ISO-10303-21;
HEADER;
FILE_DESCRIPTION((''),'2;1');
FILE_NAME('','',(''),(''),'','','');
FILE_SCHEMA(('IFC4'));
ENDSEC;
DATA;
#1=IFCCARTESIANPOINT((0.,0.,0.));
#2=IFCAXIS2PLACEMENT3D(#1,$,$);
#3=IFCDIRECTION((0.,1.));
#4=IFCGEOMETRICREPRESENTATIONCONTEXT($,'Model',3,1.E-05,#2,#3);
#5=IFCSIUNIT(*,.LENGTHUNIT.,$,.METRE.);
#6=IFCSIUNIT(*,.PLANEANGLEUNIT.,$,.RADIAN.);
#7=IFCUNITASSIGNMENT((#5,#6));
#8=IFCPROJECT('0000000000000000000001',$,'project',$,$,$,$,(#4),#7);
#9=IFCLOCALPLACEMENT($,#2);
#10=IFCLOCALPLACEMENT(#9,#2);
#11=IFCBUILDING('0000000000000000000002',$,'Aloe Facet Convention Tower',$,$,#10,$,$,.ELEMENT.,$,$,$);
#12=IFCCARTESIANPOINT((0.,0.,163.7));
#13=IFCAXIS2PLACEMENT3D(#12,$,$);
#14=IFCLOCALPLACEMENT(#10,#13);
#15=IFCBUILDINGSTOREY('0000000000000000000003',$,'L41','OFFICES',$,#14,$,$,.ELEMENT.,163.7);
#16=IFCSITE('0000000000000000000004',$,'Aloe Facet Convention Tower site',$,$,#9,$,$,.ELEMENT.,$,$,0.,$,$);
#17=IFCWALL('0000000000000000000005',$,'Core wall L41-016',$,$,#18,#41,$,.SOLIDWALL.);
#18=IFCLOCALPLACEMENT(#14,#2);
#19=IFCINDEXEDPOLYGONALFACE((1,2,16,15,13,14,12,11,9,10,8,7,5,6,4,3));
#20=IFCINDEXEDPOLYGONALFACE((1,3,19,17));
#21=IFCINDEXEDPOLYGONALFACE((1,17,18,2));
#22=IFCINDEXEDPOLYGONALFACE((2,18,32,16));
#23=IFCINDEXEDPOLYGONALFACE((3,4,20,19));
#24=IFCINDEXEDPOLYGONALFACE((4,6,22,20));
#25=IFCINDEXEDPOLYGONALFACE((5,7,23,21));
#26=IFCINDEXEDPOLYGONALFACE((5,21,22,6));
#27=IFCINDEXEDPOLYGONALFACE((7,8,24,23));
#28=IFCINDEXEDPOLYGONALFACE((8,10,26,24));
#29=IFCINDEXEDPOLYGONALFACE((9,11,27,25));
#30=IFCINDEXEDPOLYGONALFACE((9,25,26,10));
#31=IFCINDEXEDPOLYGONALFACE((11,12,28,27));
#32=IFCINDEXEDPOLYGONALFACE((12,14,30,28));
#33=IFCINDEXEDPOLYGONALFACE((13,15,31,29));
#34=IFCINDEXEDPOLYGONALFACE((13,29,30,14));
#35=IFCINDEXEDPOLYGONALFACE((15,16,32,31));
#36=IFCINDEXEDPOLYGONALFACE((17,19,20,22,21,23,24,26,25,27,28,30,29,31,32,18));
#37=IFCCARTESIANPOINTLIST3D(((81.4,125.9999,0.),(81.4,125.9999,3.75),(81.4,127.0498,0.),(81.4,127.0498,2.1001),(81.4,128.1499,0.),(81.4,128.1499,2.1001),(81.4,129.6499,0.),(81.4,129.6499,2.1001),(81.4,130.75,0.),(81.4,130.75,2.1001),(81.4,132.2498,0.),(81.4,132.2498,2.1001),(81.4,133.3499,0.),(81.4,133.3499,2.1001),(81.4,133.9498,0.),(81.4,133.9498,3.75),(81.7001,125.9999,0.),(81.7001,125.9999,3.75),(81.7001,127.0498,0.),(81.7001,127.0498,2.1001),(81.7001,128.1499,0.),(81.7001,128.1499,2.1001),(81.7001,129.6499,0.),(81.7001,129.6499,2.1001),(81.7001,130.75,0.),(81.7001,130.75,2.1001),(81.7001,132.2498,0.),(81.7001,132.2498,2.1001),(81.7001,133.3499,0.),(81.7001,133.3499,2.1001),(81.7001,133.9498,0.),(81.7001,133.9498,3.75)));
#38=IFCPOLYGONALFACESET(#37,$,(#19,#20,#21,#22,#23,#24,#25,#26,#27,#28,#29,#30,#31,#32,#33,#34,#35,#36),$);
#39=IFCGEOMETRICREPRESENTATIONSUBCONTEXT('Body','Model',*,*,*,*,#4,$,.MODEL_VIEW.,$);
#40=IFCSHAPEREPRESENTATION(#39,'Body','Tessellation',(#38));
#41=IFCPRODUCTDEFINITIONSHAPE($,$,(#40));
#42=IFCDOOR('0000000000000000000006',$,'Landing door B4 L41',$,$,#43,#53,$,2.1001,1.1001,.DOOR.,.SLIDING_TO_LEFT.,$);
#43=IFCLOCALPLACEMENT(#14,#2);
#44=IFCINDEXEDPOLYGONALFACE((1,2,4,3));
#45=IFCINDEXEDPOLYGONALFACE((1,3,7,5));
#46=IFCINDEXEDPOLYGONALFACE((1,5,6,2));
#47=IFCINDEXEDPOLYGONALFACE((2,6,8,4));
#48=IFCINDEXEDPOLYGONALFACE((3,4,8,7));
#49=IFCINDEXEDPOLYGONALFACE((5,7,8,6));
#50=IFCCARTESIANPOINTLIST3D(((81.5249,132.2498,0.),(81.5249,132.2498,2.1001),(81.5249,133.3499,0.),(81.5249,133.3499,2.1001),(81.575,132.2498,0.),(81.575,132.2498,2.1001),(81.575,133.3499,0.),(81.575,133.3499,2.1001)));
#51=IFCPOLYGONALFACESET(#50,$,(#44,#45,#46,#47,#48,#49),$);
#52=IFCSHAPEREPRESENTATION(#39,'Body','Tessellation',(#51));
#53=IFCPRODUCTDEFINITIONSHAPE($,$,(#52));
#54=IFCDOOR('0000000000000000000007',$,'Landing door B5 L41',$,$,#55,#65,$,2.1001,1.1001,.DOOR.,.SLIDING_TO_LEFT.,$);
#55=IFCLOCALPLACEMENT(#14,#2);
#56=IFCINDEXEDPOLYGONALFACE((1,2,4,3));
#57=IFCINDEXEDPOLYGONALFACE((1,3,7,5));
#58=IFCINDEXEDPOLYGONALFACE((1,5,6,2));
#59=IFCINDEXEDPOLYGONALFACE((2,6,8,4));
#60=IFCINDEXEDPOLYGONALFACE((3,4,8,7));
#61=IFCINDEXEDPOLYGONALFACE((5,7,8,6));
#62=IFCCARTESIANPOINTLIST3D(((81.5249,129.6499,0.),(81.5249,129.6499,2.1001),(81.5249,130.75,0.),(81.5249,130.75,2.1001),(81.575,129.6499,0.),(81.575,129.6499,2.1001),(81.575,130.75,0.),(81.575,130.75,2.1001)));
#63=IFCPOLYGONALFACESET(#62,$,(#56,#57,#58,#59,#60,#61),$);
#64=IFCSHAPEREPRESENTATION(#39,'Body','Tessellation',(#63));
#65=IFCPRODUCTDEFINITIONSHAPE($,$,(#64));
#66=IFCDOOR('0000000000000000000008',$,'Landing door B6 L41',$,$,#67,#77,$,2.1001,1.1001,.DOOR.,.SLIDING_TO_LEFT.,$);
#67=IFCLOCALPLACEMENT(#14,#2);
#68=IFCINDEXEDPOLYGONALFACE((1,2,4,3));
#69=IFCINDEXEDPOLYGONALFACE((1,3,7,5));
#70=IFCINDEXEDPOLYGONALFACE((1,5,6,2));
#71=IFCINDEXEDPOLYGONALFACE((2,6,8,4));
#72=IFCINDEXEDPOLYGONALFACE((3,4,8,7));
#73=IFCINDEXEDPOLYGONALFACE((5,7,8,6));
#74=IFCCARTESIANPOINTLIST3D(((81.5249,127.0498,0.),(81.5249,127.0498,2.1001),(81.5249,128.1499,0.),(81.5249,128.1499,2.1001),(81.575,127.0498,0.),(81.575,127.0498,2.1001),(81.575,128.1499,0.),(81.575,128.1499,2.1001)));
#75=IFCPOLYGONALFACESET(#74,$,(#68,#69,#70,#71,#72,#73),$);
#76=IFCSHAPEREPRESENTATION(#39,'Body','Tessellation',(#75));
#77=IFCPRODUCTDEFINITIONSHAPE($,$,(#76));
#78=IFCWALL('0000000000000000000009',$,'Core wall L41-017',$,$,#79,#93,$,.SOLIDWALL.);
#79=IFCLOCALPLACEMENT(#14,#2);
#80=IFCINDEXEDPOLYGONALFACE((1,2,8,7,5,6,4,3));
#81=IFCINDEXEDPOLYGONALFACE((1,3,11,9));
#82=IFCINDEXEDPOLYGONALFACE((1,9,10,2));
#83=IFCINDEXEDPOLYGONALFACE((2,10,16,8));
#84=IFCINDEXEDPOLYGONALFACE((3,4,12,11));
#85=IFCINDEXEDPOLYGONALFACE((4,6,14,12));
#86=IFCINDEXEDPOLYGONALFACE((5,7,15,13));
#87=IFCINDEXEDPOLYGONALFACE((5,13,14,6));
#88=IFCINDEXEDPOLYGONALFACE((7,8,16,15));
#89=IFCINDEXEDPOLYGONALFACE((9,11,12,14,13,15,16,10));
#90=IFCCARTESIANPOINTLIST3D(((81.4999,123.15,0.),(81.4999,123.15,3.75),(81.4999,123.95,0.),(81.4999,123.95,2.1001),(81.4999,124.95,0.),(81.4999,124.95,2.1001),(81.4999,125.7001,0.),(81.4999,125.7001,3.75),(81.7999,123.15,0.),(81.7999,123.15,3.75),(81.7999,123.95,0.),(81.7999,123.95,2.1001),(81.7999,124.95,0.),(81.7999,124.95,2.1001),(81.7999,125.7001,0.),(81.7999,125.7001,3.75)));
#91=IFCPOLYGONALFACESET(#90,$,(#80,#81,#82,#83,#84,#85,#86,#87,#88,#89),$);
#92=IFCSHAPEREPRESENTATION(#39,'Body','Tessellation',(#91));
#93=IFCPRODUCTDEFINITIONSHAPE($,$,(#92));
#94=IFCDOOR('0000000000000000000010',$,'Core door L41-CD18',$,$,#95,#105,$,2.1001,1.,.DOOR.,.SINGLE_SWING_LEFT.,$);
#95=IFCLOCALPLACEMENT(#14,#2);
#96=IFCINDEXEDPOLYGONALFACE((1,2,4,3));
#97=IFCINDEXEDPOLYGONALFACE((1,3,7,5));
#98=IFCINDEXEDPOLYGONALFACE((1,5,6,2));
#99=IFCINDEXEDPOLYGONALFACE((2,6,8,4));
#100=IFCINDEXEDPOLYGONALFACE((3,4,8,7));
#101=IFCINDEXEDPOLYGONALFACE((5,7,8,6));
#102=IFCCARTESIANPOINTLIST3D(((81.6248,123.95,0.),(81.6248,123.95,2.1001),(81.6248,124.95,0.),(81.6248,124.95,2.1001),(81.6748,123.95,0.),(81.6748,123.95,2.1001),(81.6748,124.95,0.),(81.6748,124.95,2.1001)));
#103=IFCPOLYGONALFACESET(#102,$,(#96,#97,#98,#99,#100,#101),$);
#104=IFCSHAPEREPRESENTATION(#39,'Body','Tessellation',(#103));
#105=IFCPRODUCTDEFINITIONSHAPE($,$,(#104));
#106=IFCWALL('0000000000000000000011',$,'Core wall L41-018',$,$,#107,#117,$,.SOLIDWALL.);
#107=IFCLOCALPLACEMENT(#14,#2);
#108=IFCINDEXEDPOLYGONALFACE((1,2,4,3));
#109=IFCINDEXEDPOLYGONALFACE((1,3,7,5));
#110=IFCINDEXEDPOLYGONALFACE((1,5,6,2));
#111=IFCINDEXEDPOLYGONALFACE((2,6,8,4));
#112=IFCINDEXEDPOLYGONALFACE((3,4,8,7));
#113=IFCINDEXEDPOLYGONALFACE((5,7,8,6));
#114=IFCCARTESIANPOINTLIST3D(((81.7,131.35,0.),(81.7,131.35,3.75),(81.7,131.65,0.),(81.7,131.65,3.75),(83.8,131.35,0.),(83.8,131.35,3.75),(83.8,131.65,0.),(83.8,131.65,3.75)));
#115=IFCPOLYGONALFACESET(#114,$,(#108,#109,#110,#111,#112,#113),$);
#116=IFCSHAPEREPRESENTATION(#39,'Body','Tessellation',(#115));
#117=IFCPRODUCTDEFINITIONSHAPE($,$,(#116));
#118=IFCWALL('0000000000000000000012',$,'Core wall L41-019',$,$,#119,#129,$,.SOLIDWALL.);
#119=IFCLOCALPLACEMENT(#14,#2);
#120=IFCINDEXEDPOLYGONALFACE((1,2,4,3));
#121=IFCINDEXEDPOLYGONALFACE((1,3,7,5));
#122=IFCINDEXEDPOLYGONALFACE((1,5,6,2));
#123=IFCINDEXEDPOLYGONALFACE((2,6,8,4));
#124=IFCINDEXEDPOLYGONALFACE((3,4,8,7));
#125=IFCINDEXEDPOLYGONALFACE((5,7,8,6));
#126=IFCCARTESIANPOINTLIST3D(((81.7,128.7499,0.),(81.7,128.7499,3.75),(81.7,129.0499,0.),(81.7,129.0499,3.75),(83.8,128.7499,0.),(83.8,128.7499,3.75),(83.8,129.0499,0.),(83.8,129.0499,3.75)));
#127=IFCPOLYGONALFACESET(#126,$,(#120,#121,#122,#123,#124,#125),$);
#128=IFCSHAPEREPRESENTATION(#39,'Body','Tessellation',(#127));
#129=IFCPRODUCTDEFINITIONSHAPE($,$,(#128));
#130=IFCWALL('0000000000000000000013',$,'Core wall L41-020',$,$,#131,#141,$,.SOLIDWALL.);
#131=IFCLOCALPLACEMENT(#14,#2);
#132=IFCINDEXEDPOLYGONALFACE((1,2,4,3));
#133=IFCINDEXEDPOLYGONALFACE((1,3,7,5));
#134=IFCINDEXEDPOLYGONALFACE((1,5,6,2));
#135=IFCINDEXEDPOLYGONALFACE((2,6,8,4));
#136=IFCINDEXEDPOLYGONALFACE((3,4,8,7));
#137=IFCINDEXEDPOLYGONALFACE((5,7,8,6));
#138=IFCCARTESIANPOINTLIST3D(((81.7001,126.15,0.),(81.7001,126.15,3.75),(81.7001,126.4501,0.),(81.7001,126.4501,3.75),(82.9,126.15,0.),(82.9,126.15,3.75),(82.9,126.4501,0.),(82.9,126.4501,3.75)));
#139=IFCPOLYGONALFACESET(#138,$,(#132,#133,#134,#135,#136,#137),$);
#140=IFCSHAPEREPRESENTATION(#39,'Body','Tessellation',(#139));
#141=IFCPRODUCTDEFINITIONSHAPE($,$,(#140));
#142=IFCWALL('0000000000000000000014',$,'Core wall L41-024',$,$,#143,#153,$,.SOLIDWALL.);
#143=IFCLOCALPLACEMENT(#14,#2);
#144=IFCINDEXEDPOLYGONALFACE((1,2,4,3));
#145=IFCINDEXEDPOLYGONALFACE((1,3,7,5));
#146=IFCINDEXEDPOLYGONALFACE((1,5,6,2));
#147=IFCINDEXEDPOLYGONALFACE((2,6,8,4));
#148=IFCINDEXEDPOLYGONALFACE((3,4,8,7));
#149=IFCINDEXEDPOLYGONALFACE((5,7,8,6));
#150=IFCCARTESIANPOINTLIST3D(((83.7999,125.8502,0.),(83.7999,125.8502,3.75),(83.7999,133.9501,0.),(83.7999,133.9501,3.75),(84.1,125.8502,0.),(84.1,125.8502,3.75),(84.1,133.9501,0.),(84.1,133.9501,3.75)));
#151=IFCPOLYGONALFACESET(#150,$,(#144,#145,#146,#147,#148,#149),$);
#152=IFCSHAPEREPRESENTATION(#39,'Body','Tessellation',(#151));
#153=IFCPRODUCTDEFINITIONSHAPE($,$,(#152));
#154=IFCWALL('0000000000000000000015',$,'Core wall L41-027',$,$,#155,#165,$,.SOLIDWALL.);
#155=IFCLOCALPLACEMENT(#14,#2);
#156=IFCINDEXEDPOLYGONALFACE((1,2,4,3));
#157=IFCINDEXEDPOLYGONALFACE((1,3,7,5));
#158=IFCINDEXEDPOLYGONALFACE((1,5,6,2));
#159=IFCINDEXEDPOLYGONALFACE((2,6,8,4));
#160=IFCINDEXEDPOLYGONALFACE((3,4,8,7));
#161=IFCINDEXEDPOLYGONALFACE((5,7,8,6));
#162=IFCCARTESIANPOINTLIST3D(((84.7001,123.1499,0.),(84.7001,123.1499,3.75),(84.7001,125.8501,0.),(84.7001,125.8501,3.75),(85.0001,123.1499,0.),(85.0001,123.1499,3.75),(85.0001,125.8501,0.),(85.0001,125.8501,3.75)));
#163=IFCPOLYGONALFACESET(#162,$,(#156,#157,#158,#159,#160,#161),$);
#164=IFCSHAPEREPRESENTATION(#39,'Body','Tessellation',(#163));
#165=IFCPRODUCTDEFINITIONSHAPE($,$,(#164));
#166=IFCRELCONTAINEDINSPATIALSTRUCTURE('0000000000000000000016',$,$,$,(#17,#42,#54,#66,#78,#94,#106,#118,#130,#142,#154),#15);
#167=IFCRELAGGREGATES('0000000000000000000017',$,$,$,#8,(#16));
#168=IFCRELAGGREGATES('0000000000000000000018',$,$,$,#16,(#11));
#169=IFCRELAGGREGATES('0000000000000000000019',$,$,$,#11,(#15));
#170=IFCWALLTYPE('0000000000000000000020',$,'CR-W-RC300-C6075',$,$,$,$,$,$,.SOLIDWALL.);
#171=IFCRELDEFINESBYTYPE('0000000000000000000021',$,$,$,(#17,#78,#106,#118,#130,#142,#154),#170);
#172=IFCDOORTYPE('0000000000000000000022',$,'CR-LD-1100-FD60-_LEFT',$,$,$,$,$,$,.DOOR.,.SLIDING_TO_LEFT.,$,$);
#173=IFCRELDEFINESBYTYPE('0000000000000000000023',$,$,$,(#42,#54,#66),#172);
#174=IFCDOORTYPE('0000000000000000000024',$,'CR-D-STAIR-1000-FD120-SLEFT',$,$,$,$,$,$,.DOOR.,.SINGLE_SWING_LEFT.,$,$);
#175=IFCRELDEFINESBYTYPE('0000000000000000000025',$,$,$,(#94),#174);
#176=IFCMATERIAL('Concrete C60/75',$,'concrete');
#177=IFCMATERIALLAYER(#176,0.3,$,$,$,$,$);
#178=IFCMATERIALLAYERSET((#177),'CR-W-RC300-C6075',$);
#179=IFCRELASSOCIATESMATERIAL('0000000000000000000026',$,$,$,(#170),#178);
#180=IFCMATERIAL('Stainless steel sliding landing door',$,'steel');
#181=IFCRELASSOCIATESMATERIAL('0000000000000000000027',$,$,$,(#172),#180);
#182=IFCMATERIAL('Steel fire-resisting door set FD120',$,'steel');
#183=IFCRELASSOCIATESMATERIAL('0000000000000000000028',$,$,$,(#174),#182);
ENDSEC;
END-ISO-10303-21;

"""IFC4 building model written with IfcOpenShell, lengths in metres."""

from ifc_helpers import new_model, si_unit, direction, frame, frame_2d, origin, place, context, subcontext, project, spatial, rectangle, extrude, material, layer, layer_set, type_object, element, fill, save


model = new_model("IFC4")

# Units and contexts
model_context = context("Model", 3, precision=1e-05, world=origin(), true_north=direction((0.0, 1.0)))
body_context = subcontext(model_context, "Body", "Model", "MODEL_VIEW")
ifc_project = project(units=[si_unit("LENGTHUNIT", "METRE"), si_unit("PLANEANGLEUNIT", "RADIAN")], contexts=[model_context])

# Site, building, storey
site_placement = place(None, origin())
site = spatial("IfcSite", under=ifc_project, at=site_placement, Name="Aloe Facet Convention Tower site", CompositionType="ELEMENT", RefElevation=0.0)
building_placement = place(site_placement, origin())
building = spatial("IfcBuilding", under=site, at=building_placement, Name="Aloe Facet Convention Tower", CompositionType="ELEMENT")
storey_placement = place(building_placement, frame((0.0, 0.0, 163.7)))
storey = spatial("IfcBuildingStorey", under=building, at=storey_placement, Name="L41", Description="OFFICES", CompositionType="ELEMENT", Elevation=163.7)

# Wall, openings, doors
ifc_material_1 = material(Name="Concrete C60/75", Category="concrete")
ifc_layer_1 = layer(ifc_material_1, 0.3)
ifc_layer_set_1 = layer_set([ifc_layer_1], Name="CR-W-RC300-C6075")
wall_type_1 = type_object("IfcWallType", Name="CR-W-RC300-C6075", PredefinedType="SOLIDWALL", material=ifc_layer_set_1)
wall_1_placement = place(storey_placement, frame((81.55, 133.95, 0.0), z_axis=(0.0, 0.0, 1.0), x_axis=(0.0, -1.0, 0.0)))
wall_1 = element("IfcWall", 1, at=wall_1_placement, inside=storey, type_object=wall_type_1, Name="Core wall L41-016", PredefinedType="SOLIDWALL", context=body_context, shape_type="SweptSolid", body=[
    extrude(rectangle(XDim=7.95, YDim=0.3, at=frame_2d((3.9751, 0.0))), origin(), (0.0, 0.0, 1.0), 3.75),
])
opening_1_placement = place(wall_1_placement, frame((0.6001, 0.0, 0.0)))
opening_1 = element("IfcOpeningElement", 2, at=opening_1_placement, cuts=wall_1, PredefinedType="OPENING", context=body_context, shape_type="SweptSolid", body=[
    extrude(rectangle(XDim=1.1001, YDim=2.1001, at=frame_2d((0.55, 1.05))), frame((0.0, 0.1602, 0.0), z_axis=(0.0, -1.0, 0.0), x_axis=(1.0, 0.0, 0.0)), (0.0, 0.0, 1.0), 0.3201),
])
opening_2_placement = place(wall_1_placement, frame((3.2, 0.0, 0.0)))
opening_2 = element("IfcOpeningElement", 3, at=opening_2_placement, cuts=wall_1, PredefinedType="OPENING", context=body_context, shape_type="SweptSolid", body=[
    extrude(rectangle(XDim=1.1001, YDim=2.1001, at=frame_2d((0.55, 1.05))), frame((0.0, 0.1602, 0.0), z_axis=(0.0, -1.0, 0.0), x_axis=(1.0, 0.0, 0.0)), (0.0, 0.0, 1.0), 0.3201),
])
opening_3_placement = place(wall_1_placement, frame((5.8, 0.0, 0.0)))
opening_3 = element("IfcOpeningElement", 4, at=opening_3_placement, cuts=wall_1, PredefinedType="OPENING", context=body_context, shape_type="SweptSolid", body=[
    extrude(rectangle(XDim=1.1001, YDim=2.1001, at=frame_2d((0.55, 1.05))), frame((0.0, 0.1602, 0.0), z_axis=(0.0, -1.0, 0.0), x_axis=(1.0, 0.0, 0.0)), (0.0, 0.0, 1.0), 0.3201),
])
ifc_material_2 = material(Name="Stainless steel sliding landing door", Category="steel")
door_type_1 = type_object("IfcDoorType", Name="CR-LD-1100-FD60-_LEFT", OperationType="SLIDING_TO_LEFT", PredefinedType="DOOR", material=ifc_material_2)
door_1_placement = place(opening_1_placement, origin())
door_1 = element("IfcDoor", 5, at=door_1_placement, inside=storey, type_object=door_type_1, Name="Landing door B4 L41", OperationType="SLIDING_TO_LEFT", OverallHeight=2.1001, OverallWidth=1.1001, PredefinedType="DOOR", context=body_context, shape_type="SweptSolid", body=[
    extrude(rectangle(XDim=1.1001, YDim=2.1001, at=frame_2d((0.55, 1.05))), frame((0.0, 0.0249, 0.0), z_axis=(0.0, -1.0, 0.0), x_axis=(1.0, 0.0, 0.0)), (0.0, 0.0, 1.0), 0.05),
])
fill(opening_1, door_1)
door_2_placement = place(opening_2_placement, origin())
door_2 = element("IfcDoor", 6, at=door_2_placement, inside=storey, type_object=door_type_1, Name="Landing door B5 L41", OperationType="SLIDING_TO_LEFT", OverallHeight=2.1001, OverallWidth=1.1001, PredefinedType="DOOR", context=body_context, shape_type="SweptSolid", body=[
    extrude(rectangle(XDim=1.1001, YDim=2.1001, at=frame_2d((0.55, 1.05))), frame((0.0, 0.0249, 0.0), z_axis=(0.0, -1.0, 0.0), x_axis=(1.0, 0.0, 0.0)), (0.0, 0.0, 1.0), 0.05),
])
fill(opening_2, door_2)
door_3_placement = place(opening_3_placement, origin())
door_3 = element("IfcDoor", 7, at=door_3_placement, inside=storey, type_object=door_type_1, Name="Landing door B6 L41", OperationType="SLIDING_TO_LEFT", OverallHeight=2.1001, OverallWidth=1.1001, PredefinedType="DOOR", context=body_context, shape_type="SweptSolid", body=[
    extrude(rectangle(XDim=1.1001, YDim=2.1001, at=frame_2d((0.55, 1.05))), frame((0.0, 0.0249, 0.0), z_axis=(0.0, -1.0, 0.0), x_axis=(1.0, 0.0, 0.0)), (0.0, 0.0, 1.0), 0.05),
])
fill(opening_3, door_3)

# Wall, opening, door
wall_2_placement = place(storey_placement, frame((81.6499, 125.7, 0.0), z_axis=(0.0, 0.0, 1.0), x_axis=(0.0, -1.0, 0.0)))
wall_2 = element("IfcWall", 8, at=wall_2_placement, inside=storey, type_object=wall_type_1, Name="Core wall L41-017", PredefinedType="SOLIDWALL", context=body_context, shape_type="SweptSolid", body=[
    extrude(rectangle(XDim=2.55, YDim=0.3, at=frame_2d((1.2749, 0.0))), origin(), (0.0, 0.0, 1.0), 3.75),
])
opening_4_placement = place(wall_2_placement, frame((0.75, 0.0, 0.0)))
opening_4 = element("IfcOpeningElement", 9, at=opening_4_placement, cuts=wall_2, PredefinedType="OPENING", context=body_context, shape_type="SweptSolid", body=[
    extrude(rectangle(XDim=1.0, YDim=2.1001, at=frame_2d((0.5, 1.05))), frame((0.0, 0.1602, 0.0), z_axis=(0.0, -1.0, 0.0), x_axis=(1.0, 0.0, 0.0)), (0.0, 0.0, 1.0), 0.3201),
])
ifc_material_3 = material(Name="Steel fire-resisting door set FD120", Category="steel")
door_type_2 = type_object("IfcDoorType", Name="CR-D-STAIR-1000-FD120-SLEFT", OperationType="SINGLE_SWING_LEFT", PredefinedType="DOOR", material=ifc_material_3)
door_4_placement = place(opening_4_placement, origin())
door_4 = element("IfcDoor", 10, at=door_4_placement, inside=storey, type_object=door_type_2, Name="Core door L41-CD18", OperationType="SINGLE_SWING_LEFT", OverallHeight=2.1001, OverallWidth=1.0, PredefinedType="DOOR", context=body_context, shape_type="SweptSolid", body=[
    extrude(rectangle(XDim=1.0, YDim=2.1001, at=frame_2d((0.5, 1.05))), frame((0.0, 0.0249, 0.0), z_axis=(0.0, -1.0, 0.0), x_axis=(1.0, 0.0, 0.0)), (0.0, 0.0, 1.0), 0.05),
])
fill(opening_4, door_4)

# Walls
for number, where, z_axis, x_axis, name in (
    (11, (81.7, 131.5, 0.0), (0.0, 0.0, 1.0), (1.0, 0.0, 0.0), "Core wall L41-018"),
    (12, (81.7, 128.8999, 0.0), (0.0, 0.0, 1.0), (1.0, 0.0, 0.0), "Core wall L41-019"),
):
    element("IfcWall", number, at=place(storey_placement, frame(where, z_axis=z_axis, x_axis=x_axis)), inside=storey, type_object=wall_type_1, Name=name, PredefinedType="SOLIDWALL", context=body_context, shape_type="SweptSolid", body=[
        extrude(rectangle(XDim=2.1001, YDim=0.3, at=frame_2d((1.05, 0.0))), origin(), (0.0, 0.0, 1.0), 3.75),
    ])
wall_3_placement = place(storey_placement, frame((81.7, 126.3, 0.0), z_axis=(0.0, 0.0, 1.0), x_axis=(1.0, 0.0, 0.0)))
element("IfcWall", 13, at=wall_3_placement, inside=storey, type_object=wall_type_1, Name="Core wall L41-020", PredefinedType="SOLIDWALL", context=body_context, shape_type="SweptSolid", body=[
    extrude(rectangle(XDim=1.2, YDim=0.3, at=frame_2d((0.6001, 0.0))), origin(), (0.0, 0.0, 1.0), 3.75),
])
wall_4_placement = place(storey_placement, frame((83.95, 133.95, 0.0), z_axis=(0.0, 0.0, 1.0), x_axis=(0.0, -1.0, 0.0)))
element("IfcWall", 14, at=wall_4_placement, inside=storey, type_object=wall_type_1, Name="Core wall L41-024", PredefinedType="SOLIDWALL", context=body_context, shape_type="SweptSolid", body=[
    extrude(rectangle(XDim=8.0999, YDim=0.3, at=frame_2d((4.0498, 0.0))), origin(), (0.0, 0.0, 1.0), 3.75),
])
wall_5_placement = place(storey_placement, frame((84.8501, 125.8501, 0.0), z_axis=(0.0, 0.0, 1.0), x_axis=(0.0, -1.0, 0.0)))
element("IfcWall", 15, at=wall_5_placement, inside=storey, type_object=wall_type_1, Name="Core wall L41-027", PredefinedType="SOLIDWALL", context=body_context, shape_type="SweptSolid", body=[
    extrude(rectangle(XDim=2.7002, YDim=0.3, at=frame_2d((1.3501, 0.0))), origin(), (0.0, 0.0, 1.0), 3.75),
])

save(model, "model.ifc")
